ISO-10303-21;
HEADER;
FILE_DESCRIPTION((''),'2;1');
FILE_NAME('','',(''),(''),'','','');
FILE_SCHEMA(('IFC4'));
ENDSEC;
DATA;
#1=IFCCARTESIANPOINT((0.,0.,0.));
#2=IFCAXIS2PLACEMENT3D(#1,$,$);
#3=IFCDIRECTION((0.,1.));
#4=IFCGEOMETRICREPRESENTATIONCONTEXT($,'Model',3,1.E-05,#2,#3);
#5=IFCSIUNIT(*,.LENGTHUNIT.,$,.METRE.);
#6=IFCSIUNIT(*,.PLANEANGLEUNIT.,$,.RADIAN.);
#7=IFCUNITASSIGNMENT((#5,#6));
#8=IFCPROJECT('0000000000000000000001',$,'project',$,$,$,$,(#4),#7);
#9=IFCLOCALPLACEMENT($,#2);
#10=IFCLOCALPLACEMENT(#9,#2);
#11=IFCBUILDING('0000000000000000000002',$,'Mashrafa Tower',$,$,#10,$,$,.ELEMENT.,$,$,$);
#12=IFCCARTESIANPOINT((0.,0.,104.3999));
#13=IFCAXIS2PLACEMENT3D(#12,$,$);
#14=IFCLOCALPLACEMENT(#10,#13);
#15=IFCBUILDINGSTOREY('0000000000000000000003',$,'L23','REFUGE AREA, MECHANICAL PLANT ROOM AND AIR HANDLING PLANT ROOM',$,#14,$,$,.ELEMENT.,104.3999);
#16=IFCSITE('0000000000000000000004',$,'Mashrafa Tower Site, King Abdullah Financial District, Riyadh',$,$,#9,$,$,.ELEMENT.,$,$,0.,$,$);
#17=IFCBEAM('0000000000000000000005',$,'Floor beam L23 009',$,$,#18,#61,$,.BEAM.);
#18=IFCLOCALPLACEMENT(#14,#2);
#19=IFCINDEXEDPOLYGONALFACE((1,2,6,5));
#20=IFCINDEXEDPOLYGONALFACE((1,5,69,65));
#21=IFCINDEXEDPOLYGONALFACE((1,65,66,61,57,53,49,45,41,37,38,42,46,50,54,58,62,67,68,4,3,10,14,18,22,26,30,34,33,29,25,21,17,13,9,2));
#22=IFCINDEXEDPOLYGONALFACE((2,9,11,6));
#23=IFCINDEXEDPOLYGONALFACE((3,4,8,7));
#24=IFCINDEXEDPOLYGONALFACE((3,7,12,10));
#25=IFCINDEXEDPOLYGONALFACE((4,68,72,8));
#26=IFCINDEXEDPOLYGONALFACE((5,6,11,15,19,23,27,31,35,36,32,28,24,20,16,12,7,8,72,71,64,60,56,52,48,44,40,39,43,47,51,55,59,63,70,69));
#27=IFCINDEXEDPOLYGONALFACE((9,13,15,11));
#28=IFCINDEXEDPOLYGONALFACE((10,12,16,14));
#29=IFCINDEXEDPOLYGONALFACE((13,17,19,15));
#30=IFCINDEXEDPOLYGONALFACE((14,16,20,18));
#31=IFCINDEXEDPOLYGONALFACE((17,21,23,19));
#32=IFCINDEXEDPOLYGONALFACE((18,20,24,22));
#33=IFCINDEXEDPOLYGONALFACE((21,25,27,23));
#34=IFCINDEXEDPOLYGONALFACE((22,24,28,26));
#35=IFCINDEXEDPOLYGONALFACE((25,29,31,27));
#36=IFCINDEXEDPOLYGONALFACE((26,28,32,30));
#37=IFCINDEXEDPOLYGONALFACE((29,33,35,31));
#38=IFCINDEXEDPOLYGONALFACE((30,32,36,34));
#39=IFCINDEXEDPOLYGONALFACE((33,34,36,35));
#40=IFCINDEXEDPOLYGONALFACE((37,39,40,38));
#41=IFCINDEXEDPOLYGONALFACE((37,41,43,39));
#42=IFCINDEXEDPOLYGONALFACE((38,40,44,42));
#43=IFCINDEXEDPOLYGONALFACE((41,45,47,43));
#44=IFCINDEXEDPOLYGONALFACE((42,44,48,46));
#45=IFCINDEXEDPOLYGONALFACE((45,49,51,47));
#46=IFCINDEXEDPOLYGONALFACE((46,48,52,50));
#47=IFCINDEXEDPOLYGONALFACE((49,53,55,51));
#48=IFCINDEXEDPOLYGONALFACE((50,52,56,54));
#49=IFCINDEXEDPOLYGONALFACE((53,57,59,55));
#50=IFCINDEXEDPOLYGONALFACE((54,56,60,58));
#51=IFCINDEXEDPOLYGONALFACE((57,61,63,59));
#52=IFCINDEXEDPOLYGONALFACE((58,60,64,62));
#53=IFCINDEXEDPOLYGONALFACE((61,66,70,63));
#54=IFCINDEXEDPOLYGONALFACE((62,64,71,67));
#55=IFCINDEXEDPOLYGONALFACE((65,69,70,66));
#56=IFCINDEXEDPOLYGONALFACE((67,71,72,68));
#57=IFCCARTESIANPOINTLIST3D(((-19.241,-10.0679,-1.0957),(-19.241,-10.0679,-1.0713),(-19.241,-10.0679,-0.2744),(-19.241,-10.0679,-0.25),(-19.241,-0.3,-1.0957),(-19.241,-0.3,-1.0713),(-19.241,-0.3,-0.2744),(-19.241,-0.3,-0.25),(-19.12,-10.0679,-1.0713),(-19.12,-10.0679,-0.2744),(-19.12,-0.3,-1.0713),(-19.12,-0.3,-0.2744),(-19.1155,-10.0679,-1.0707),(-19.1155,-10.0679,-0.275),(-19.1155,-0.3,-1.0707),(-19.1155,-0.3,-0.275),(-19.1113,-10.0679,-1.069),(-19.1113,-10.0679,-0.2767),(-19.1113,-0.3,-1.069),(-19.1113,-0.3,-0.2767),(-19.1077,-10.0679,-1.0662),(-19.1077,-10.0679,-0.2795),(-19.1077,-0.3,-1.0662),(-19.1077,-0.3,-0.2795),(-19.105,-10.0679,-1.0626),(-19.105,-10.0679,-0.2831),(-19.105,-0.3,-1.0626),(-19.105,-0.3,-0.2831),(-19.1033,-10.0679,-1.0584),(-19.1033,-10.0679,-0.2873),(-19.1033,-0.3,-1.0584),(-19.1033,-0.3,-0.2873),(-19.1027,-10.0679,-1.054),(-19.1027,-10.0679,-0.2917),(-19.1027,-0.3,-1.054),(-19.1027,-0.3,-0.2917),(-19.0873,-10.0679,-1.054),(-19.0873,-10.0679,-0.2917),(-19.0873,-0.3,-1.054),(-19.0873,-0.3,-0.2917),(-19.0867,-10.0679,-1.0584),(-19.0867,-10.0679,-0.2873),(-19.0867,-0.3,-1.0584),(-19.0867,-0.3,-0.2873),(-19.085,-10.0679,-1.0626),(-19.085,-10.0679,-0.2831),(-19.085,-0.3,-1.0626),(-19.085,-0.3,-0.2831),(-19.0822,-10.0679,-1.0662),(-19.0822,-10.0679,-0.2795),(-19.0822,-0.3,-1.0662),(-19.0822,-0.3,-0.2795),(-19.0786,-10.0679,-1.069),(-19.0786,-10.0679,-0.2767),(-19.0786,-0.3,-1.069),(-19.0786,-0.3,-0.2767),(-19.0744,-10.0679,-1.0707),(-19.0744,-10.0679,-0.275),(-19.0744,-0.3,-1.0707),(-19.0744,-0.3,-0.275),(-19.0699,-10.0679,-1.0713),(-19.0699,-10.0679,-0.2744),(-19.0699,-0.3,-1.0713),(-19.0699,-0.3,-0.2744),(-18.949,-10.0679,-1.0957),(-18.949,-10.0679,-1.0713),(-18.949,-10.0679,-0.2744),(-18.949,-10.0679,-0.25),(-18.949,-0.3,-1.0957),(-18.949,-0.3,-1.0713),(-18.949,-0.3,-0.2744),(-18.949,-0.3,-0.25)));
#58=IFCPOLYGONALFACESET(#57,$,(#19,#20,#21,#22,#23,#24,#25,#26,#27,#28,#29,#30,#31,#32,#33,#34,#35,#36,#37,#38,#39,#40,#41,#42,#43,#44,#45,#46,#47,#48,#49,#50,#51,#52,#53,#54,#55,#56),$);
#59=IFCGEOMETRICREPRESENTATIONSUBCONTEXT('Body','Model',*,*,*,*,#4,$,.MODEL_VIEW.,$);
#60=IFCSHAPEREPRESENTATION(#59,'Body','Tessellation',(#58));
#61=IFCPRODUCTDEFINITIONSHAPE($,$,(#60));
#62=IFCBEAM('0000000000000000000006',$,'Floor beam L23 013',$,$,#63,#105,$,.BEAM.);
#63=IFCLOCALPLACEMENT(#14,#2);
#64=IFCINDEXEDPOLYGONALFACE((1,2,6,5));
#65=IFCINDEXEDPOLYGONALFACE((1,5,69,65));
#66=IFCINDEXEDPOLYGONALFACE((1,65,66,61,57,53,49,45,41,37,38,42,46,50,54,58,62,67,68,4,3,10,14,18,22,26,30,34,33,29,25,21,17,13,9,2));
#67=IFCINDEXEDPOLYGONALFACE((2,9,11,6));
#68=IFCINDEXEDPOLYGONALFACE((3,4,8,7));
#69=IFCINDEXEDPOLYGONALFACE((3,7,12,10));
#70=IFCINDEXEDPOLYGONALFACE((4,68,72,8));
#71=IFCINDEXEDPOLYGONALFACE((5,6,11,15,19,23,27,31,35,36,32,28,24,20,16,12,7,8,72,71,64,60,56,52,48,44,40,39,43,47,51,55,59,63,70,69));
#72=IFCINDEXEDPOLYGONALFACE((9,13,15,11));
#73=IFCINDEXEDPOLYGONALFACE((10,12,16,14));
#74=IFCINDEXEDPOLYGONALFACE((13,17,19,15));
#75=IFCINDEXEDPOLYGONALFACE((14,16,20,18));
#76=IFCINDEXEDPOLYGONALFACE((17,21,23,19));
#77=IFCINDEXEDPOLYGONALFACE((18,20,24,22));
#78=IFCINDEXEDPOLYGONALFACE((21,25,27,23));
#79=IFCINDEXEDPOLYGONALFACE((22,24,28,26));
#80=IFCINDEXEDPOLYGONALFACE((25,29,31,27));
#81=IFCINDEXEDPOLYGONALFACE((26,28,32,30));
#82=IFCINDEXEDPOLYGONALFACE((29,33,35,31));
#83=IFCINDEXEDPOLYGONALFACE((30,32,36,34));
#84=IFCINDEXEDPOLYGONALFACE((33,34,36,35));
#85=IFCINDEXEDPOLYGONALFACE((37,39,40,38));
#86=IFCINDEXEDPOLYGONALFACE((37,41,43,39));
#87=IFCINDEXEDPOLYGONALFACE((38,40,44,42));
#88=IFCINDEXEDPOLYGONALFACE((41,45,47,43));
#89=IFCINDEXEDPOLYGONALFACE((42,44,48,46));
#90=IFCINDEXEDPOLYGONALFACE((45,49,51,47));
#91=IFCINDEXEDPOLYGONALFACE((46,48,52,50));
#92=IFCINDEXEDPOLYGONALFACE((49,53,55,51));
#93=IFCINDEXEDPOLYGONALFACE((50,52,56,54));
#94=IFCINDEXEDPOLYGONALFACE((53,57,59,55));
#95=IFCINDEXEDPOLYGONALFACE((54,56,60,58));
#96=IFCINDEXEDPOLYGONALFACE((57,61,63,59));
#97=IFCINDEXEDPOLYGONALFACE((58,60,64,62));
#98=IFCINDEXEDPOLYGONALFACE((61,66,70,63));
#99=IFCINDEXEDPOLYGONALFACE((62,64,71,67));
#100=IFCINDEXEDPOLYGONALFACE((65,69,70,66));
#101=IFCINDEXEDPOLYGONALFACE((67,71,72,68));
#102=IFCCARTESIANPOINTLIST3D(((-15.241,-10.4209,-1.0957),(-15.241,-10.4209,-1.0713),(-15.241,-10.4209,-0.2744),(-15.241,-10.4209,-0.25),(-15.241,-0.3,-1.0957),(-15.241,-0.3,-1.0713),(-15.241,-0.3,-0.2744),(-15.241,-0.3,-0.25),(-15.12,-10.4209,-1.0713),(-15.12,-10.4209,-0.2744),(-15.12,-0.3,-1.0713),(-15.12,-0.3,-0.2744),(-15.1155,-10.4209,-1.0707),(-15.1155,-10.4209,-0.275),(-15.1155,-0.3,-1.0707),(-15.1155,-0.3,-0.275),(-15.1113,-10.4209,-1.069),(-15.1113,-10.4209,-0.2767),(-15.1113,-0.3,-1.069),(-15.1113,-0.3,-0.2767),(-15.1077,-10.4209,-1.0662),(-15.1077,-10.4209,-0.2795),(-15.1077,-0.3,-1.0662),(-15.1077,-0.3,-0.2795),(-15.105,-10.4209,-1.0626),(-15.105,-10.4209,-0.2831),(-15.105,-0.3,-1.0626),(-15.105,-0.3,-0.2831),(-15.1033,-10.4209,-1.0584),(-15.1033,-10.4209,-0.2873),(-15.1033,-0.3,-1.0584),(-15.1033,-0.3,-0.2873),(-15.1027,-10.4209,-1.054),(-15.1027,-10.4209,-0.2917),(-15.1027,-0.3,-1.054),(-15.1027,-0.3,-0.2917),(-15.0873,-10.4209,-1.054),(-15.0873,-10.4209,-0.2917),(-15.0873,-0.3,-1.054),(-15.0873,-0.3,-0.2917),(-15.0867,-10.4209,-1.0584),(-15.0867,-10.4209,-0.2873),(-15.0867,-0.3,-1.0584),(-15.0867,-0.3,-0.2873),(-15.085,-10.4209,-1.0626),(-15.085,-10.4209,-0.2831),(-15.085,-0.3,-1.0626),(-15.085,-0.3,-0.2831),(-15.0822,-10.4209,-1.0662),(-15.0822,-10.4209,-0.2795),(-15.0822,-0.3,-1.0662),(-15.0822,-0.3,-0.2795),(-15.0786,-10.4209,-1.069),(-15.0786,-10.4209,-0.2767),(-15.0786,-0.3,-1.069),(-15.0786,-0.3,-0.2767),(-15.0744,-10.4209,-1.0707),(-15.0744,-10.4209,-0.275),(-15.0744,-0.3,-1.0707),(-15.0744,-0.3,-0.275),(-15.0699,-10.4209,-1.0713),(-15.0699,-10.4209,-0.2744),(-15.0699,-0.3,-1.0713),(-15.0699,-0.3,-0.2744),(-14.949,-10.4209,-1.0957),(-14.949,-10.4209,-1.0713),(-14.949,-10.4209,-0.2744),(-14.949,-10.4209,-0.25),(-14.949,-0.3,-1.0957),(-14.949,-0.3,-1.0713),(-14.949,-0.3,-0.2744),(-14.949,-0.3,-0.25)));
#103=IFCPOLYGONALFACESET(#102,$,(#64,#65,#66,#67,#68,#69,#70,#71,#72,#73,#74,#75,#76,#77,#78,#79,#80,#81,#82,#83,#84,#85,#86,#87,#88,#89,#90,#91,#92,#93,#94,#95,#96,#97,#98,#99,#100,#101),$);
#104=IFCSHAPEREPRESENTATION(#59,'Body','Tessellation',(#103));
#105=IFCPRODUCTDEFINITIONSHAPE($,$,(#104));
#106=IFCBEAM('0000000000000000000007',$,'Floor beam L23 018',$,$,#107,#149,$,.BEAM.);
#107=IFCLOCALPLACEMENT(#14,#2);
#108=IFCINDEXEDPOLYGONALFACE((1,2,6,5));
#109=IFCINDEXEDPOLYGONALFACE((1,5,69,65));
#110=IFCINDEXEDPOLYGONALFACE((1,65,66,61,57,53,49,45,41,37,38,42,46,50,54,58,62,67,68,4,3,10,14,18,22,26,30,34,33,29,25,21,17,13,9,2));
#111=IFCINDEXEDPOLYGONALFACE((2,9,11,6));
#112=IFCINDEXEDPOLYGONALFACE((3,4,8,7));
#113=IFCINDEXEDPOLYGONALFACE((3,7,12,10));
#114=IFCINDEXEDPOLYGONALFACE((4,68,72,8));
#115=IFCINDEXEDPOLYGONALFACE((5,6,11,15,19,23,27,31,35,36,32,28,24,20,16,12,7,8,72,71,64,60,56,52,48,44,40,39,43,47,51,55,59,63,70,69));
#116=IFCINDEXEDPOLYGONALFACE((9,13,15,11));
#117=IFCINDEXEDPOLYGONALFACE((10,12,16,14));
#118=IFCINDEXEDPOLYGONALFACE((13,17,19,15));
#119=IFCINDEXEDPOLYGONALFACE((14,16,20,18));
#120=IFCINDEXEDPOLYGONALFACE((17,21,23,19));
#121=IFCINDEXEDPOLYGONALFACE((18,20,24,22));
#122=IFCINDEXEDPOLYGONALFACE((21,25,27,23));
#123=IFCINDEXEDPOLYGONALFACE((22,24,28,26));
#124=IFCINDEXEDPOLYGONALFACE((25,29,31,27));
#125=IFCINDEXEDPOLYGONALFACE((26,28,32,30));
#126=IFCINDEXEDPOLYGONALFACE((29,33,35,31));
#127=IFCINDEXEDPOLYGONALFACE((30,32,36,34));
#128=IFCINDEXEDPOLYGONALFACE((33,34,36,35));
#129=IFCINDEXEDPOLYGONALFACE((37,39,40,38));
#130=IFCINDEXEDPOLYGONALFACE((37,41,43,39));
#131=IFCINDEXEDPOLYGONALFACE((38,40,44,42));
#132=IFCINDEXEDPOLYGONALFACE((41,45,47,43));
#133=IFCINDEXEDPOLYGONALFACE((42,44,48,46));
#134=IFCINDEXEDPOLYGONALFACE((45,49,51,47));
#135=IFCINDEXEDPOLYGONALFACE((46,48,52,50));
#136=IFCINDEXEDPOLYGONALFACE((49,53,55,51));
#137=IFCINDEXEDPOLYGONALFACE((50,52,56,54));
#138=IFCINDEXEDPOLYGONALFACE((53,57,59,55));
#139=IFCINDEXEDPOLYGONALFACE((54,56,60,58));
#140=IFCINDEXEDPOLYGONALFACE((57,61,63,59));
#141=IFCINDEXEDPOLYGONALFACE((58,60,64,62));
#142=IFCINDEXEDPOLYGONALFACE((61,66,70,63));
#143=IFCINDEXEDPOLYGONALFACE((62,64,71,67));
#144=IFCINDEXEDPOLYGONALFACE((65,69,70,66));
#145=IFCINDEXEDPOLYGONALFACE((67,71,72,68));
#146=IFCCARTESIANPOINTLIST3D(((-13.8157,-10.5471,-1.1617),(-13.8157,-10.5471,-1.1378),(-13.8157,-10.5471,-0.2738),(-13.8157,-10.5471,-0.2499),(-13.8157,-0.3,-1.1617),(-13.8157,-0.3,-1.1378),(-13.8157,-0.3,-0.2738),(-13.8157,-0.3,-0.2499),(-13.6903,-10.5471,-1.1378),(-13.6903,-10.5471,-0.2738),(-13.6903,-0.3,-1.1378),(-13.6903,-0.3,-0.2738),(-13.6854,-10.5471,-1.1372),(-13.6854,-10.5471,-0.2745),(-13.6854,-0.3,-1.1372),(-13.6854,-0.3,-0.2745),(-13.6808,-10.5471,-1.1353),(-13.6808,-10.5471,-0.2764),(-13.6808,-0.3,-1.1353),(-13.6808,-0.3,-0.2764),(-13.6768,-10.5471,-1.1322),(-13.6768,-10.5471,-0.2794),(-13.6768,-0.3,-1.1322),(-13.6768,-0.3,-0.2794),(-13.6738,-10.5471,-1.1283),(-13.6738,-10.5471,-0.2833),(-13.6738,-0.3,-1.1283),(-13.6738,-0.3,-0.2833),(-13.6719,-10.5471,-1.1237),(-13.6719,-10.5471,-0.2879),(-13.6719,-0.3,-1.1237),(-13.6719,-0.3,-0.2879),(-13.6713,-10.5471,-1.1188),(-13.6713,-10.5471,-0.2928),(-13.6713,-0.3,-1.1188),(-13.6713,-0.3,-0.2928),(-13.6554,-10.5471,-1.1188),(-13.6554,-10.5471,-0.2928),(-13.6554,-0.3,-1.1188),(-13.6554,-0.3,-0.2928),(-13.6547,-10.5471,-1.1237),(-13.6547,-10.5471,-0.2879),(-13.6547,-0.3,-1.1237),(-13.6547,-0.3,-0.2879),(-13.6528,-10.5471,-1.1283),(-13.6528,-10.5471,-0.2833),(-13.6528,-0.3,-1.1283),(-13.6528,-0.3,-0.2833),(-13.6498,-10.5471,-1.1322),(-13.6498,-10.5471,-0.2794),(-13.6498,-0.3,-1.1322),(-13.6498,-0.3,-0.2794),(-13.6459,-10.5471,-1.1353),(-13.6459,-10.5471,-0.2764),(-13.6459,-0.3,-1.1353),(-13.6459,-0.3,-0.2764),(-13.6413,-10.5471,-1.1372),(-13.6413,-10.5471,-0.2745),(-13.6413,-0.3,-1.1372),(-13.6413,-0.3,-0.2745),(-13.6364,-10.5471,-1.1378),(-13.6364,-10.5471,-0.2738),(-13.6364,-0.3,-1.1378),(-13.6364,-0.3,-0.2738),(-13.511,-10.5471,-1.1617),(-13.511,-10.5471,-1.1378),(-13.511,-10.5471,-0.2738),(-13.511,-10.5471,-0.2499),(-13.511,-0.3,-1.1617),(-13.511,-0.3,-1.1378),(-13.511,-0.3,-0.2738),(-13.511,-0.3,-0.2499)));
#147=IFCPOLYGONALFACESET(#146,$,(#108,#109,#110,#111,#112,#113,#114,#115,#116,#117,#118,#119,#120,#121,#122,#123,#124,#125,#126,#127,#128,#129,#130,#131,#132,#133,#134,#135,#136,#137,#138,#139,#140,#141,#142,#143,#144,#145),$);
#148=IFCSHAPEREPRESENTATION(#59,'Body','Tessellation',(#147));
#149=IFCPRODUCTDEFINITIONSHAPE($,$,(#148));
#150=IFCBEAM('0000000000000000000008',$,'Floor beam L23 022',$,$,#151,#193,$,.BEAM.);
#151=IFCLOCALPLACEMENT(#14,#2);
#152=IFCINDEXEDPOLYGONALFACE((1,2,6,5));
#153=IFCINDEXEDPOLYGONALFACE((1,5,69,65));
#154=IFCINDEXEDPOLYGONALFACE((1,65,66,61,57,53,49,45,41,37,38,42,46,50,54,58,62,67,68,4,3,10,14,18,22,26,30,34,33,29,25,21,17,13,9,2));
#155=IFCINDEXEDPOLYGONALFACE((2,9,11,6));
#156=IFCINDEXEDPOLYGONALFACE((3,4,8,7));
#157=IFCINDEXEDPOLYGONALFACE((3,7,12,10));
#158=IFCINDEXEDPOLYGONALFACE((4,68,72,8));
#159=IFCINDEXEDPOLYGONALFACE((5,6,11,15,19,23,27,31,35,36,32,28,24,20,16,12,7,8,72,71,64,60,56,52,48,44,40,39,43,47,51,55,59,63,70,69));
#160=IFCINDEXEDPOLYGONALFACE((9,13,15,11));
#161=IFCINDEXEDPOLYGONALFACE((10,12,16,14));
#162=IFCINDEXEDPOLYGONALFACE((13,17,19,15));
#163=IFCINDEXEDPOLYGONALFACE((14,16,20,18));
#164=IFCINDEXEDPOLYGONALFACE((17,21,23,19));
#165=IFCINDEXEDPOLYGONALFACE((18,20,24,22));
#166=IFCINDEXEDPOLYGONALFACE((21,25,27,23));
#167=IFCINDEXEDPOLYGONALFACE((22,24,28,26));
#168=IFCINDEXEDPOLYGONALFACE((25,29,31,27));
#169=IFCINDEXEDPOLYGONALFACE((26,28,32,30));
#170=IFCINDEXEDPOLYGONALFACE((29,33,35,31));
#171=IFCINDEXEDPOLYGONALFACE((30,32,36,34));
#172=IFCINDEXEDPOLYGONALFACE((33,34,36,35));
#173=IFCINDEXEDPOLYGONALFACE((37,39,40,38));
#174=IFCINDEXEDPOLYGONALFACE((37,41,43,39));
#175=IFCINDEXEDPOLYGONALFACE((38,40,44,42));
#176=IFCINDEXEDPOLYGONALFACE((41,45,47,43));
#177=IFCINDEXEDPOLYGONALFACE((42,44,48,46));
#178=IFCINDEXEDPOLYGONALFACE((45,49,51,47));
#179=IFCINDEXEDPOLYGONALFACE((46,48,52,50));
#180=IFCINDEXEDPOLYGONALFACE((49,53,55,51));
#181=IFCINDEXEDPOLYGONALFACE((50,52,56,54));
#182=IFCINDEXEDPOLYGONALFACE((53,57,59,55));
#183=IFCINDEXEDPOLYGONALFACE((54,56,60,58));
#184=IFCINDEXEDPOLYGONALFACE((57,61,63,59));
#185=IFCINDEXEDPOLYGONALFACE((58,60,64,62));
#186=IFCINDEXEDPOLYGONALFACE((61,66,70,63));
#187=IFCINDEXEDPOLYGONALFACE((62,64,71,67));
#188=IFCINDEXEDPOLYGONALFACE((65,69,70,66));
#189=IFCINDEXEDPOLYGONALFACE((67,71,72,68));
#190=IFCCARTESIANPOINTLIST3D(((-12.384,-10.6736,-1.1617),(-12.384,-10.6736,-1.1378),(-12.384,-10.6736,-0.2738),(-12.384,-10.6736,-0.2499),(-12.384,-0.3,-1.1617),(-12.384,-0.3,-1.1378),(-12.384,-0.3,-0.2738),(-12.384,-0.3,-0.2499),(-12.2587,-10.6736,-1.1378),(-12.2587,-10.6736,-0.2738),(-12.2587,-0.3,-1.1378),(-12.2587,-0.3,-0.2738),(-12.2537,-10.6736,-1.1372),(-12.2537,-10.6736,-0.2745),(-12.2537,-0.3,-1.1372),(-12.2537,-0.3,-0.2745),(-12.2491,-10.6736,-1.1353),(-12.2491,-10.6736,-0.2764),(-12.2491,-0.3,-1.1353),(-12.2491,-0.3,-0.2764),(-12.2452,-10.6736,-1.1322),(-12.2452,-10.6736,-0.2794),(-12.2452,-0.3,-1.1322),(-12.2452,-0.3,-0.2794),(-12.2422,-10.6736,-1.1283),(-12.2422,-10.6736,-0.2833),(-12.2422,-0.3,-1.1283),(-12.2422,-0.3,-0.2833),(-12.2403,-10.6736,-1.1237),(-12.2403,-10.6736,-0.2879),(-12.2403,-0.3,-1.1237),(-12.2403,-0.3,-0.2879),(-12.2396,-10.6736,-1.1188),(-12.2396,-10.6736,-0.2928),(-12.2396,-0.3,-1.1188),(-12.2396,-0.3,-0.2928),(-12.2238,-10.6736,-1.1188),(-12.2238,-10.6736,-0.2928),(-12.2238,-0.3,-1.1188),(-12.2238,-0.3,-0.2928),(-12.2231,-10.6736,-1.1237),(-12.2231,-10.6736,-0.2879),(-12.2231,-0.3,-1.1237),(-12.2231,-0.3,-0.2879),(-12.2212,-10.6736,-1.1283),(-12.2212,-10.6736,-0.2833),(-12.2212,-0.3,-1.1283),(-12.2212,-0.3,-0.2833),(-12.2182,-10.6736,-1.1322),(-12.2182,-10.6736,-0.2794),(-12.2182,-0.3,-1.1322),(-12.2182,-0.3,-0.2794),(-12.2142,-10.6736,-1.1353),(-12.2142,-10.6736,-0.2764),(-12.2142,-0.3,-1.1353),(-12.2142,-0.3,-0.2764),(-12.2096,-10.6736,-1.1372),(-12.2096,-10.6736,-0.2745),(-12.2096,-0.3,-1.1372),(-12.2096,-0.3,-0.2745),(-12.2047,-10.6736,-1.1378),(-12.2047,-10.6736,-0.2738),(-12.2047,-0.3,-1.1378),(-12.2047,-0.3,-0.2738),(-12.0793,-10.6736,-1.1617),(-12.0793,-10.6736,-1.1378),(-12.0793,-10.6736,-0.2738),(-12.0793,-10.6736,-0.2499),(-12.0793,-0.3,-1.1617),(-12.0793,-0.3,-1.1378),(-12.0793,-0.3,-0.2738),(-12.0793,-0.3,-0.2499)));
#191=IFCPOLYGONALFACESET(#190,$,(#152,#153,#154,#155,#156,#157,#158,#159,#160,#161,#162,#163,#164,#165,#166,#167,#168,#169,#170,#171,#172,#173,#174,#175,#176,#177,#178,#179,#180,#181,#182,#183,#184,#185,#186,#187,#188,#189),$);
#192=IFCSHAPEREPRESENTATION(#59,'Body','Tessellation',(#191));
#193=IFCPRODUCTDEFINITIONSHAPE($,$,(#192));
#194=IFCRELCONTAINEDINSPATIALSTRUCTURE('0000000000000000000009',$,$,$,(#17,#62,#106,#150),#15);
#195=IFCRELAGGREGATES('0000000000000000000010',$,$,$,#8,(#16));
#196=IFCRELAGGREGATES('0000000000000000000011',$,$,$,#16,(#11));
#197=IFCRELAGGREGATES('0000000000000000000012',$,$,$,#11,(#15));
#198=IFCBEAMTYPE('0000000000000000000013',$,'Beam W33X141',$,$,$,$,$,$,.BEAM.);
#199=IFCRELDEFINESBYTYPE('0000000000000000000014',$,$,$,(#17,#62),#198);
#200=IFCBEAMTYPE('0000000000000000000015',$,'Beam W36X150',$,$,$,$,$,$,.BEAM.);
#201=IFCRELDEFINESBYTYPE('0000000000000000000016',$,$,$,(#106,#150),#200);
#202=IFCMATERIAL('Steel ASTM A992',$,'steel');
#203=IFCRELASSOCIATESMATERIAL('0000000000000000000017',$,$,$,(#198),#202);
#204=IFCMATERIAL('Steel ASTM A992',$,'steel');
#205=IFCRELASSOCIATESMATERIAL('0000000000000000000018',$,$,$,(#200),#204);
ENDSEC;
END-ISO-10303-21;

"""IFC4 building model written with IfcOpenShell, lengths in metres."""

from ifc_helpers import new_model, si_unit, direction, frame, origin, origin_2d, place, context, subcontext, project, spatial, i_section, extrude, material, material_profile, profile_set, type_object, element, save


model = new_model("IFC4")

# Units and contexts
model_context = context("Model", 3, precision=1e-05, world=origin(), true_north=direction((0.0, 1.0)))
body_context = subcontext(model_context, "Body", "Model", "MODEL_VIEW")
ifc_project = project(units=[si_unit("LENGTHUNIT", "METRE"), si_unit("PLANEANGLEUNIT", "RADIAN")], contexts=[model_context])

# Site, building, storey
site_placement = place(None, origin())
site = spatial("IfcSite", under=ifc_project, at=site_placement, Name="Mashrafa Tower Site, King Abdullah Financial District, Riyadh", CompositionType="ELEMENT", RefElevation=0.0)
building_placement = place(site_placement, origin())
building = spatial("IfcBuilding", under=site, at=building_placement, Name="Mashrafa Tower", CompositionType="ELEMENT")
storey_placement = place(building_placement, frame((0.0, 0.0, 104.3999)))
storey = spatial("IfcBuildingStorey", under=building, at=storey_placement, Name="L23", Description="REFUGE AREA, MECHANICAL PLANT ROOM AND AIR HANDLING PLANT ROOM", CompositionType="ELEMENT", Elevation=104.3999)

# Beams
ifc_material_1 = material(Name="Steel ASTM A992", Category="steel")
ifc_material_profile_1 = material_profile(ifc_material_1, i_section(OverallWidth=0.292, OverallDepth=0.8457, WebThickness=0.0154, FlangeThickness=0.0244, FilletRadius=0.0173, at=origin_2d()), Name="W33X141")
ifc_profile_set_1 = profile_set([ifc_material_profile_1], Name="Steel ASTM A992")
beam_type_1 = type_object("IfcBeamType", Name="Beam W33X141", PredefinedType="BEAM", material=ifc_profile_set_1)
beam_1_placement = place(storey_placement, frame((-19.095, -10.0679, -0.6729), z_axis=(0.0, 1.0, 0.0), x_axis=(-1.0, 0.0, 0.0)))
element("IfcBeam", 1, at=beam_1_placement, inside=storey, type_object=beam_type_1, Name="Floor beam L23 009", PredefinedType="BEAM", context=body_context, shape_type="SweptSolid", body=[
    extrude(i_section(OverallWidth=0.292, OverallDepth=0.8457, WebThickness=0.0154, FlangeThickness=0.0244, FilletRadius=0.0173, at=origin_2d()), origin(), (0.0, 0.0, 1.0), 9.7678),
])
beam_2_placement = place(storey_placement, frame((-15.095, -10.4209, -0.6729), z_axis=(0.0, 1.0, 0.0), x_axis=(-1.0, 0.0, 0.0)))
element("IfcBeam", 2, at=beam_2_placement, inside=storey, type_object=beam_type_1, Name="Floor beam L23 013", PredefinedType="BEAM", context=body_context, shape_type="SweptSolid", body=[
    extrude(i_section(OverallWidth=0.292, OverallDepth=0.8457, WebThickness=0.0154, FlangeThickness=0.0244, FilletRadius=0.0173, at=origin_2d()), origin(), (0.0, 0.0, 1.0), 10.1208),
])
ifc_material_2 = material(Name="Steel ASTM A992", Category="steel")
ifc_material_profile_2 = material_profile(ifc_material_2, i_section(OverallWidth=0.3047, OverallDepth=0.9119, WebThickness=0.0159, FlangeThickness=0.0239, FilletRadius=0.019, at=origin_2d()), Name="W36X150")
ifc_profile_set_2 = profile_set([ifc_material_profile_2], Name="Steel ASTM A992")
beam_type_2 = type_object("IfcBeamType", Name="Beam W36X150", PredefinedType="BEAM", material=ifc_profile_set_2)
beam_3_placement = place(storey_placement, frame((-13.6633, -10.5471, -0.7058), z_axis=(0.0, 1.0, 0.0), x_axis=(-1.0, 0.0, 0.0)))
element("IfcBeam", 3, at=beam_3_placement, inside=storey, type_object=beam_type_2, Name="Floor beam L23 018", PredefinedType="BEAM", context=body_context, shape_type="SweptSolid", body=[
    extrude(i_section(OverallWidth=0.3047, OverallDepth=0.9119, WebThickness=0.0159, FlangeThickness=0.0239, FilletRadius=0.019, at=origin_2d()), origin(), (0.0, 0.0, 1.0), 10.2471),
])
beam_4_placement = place(storey_placement, frame((-12.2317, -10.6736, -0.7058), z_axis=(0.0, 1.0, 0.0), x_axis=(-1.0, 0.0, 0.0)))
element("IfcBeam", 4, at=beam_4_placement, inside=storey, type_object=beam_type_2, Name="Floor beam L23 022", PredefinedType="BEAM", context=body_context, shape_type="SweptSolid", body=[
    extrude(i_section(OverallWidth=0.3047, OverallDepth=0.9119, WebThickness=0.0159, FlangeThickness=0.0239, FilletRadius=0.019, at=origin_2d()), origin(), (0.0, 0.0, 1.0), 10.3735),
])

save(model, "model.ifc")
